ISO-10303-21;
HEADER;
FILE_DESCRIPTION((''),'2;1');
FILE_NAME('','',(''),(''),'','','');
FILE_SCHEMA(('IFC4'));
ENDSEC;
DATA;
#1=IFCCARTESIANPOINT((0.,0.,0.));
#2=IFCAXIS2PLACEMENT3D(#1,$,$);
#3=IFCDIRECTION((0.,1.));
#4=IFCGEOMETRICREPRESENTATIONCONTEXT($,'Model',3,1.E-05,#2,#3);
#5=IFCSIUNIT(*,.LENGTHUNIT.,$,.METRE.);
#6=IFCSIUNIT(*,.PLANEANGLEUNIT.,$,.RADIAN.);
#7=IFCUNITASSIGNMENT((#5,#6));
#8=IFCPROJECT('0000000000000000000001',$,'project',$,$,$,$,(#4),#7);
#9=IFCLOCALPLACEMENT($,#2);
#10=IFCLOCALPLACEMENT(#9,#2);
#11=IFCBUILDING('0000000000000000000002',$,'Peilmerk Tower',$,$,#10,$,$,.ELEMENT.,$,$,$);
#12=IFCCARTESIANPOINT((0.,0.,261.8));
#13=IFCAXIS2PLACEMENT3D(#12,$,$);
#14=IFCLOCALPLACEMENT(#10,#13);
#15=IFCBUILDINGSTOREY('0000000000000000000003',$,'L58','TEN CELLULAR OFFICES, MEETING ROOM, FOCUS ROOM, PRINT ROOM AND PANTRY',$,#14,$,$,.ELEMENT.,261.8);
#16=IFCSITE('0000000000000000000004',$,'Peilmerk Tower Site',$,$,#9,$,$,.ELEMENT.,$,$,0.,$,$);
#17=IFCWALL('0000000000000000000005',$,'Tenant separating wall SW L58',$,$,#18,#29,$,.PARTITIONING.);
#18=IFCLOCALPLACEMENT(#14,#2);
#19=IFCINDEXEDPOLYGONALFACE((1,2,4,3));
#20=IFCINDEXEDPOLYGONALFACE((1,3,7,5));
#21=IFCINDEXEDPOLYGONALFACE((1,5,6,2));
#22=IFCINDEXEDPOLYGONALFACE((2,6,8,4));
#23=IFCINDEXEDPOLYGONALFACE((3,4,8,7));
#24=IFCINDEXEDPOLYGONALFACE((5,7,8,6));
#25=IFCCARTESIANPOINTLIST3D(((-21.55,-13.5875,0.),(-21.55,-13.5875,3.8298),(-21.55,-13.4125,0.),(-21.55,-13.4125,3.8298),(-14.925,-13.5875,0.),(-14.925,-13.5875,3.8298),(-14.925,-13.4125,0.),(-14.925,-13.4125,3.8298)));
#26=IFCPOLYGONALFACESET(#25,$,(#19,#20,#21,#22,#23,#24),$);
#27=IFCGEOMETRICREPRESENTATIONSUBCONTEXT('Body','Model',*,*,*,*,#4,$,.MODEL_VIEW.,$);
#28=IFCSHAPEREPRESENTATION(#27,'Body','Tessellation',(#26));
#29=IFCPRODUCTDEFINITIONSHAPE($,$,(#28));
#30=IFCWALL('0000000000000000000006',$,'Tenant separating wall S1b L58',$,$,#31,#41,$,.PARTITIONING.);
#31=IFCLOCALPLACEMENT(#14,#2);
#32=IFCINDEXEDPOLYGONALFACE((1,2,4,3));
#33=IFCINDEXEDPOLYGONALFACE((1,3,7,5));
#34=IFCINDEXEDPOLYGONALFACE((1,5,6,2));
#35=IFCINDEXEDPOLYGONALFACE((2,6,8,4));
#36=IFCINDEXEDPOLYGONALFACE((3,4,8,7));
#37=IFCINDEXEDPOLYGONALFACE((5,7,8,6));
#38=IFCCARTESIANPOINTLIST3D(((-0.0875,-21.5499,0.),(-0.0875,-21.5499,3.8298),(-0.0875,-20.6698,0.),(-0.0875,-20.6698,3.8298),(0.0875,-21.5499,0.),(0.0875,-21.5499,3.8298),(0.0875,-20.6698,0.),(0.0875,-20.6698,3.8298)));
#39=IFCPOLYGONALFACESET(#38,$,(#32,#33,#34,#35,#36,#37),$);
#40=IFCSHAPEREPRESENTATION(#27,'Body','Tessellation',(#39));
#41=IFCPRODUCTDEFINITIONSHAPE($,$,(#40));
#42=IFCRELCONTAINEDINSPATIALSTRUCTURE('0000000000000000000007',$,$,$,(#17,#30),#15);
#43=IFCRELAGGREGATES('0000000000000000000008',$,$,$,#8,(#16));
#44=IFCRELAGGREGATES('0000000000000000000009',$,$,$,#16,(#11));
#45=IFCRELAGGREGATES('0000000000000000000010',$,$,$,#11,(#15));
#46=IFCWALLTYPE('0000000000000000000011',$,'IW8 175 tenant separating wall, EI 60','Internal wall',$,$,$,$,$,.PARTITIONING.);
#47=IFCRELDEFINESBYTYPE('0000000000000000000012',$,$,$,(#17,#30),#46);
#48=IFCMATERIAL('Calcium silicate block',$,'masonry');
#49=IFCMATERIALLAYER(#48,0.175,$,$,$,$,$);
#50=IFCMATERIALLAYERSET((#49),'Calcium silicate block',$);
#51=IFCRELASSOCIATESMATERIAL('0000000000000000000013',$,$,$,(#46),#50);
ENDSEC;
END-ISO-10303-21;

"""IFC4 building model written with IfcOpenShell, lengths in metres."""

from ifc_helpers import new_model, si_unit, direction, frame, frame_2d, origin, place, context, subcontext, project, spatial, rectangle, extrude, material, layer, layer_set, type_object, element, save


model = new_model("IFC4")

# Units and contexts
model_context = context("Model", 3, precision=1e-05, world=origin(), true_north=direction((0.0, 1.0)))
body_context = subcontext(model_context, "Body", "Model", "MODEL_VIEW")
ifc_project = project(units=[si_unit("LENGTHUNIT", "METRE"), si_unit("PLANEANGLEUNIT", "RADIAN")], contexts=[model_context])

# Site, building, storey
site_placement = place(None, origin())
site = spatial("IfcSite", under=ifc_project, at=site_placement, Name="Peilmerk Tower Site", CompositionType="ELEMENT", RefElevation=0.0)
building_placement = place(site_placement, origin())
building = spatial("IfcBuilding", under=site, at=building_placement, Name="Peilmerk Tower", CompositionType="ELEMENT")
storey_placement = place(building_placement, frame((0.0, 0.0, 261.8)))
storey = spatial("IfcBuildingStorey", under=building, at=storey_placement, Name="L58", Description="TEN CELLULAR OFFICES, MEETING ROOM, FOCUS ROOM, PRINT ROOM AND PANTRY", CompositionType="ELEMENT", Elevation=261.8)

# Shared definitions
ifc_material_1 = material(Name="Calcium silicate block", Category="masonry")

# Walls
ifc_layer_1 = layer(ifc_material_1, 0.175)
ifc_layer_set_1 = layer_set([ifc_layer_1], Name="Calcium silicate block")
wall_type_1 = type_object("IfcWallType", Name="IW8 175 tenant separating wall, EI 60", Description="Internal wall", PredefinedType="PARTITIONING", material=ifc_layer_set_1)
wall_1_placement = place(storey_placement, frame((-14.925, -13.5, 0.0), z_axis=(0.0, 0.0, 1.0), x_axis=(-1.0, 0.0, 0.0)))
element("IfcWall", 1, at=wall_1_placement, inside=storey, type_object=wall_type_1, Name="Tenant separating wall SW L58", PredefinedType="PARTITIONING", context=body_context, shape_type="SweptSolid", body=[
    extrude(rectangle(XDim=6.625, YDim=0.175, at=frame_2d((3.3125, 0.0))), origin(), (0.0, 0.0, 1.0), 3.8298),
])
wall_2_placement = place(storey_placement, frame((0.0, -20.6699, 0.0), z_axis=(0.0, 0.0, 1.0), x_axis=(0.0, -1.0, 0.0)))
element("IfcWall", 2, at=wall_2_placement, inside=storey, type_object=wall_type_1, Name="Tenant separating wall S1b L58", PredefinedType="PARTITIONING", context=body_context, shape_type="SweptSolid", body=[
    extrude(rectangle(XDim=0.8801, YDim=0.175, at=frame_2d((0.4399, 0.0))), origin(), (0.0, 0.0, 1.0), 3.8298),
])

save(model, "model.ifc")
